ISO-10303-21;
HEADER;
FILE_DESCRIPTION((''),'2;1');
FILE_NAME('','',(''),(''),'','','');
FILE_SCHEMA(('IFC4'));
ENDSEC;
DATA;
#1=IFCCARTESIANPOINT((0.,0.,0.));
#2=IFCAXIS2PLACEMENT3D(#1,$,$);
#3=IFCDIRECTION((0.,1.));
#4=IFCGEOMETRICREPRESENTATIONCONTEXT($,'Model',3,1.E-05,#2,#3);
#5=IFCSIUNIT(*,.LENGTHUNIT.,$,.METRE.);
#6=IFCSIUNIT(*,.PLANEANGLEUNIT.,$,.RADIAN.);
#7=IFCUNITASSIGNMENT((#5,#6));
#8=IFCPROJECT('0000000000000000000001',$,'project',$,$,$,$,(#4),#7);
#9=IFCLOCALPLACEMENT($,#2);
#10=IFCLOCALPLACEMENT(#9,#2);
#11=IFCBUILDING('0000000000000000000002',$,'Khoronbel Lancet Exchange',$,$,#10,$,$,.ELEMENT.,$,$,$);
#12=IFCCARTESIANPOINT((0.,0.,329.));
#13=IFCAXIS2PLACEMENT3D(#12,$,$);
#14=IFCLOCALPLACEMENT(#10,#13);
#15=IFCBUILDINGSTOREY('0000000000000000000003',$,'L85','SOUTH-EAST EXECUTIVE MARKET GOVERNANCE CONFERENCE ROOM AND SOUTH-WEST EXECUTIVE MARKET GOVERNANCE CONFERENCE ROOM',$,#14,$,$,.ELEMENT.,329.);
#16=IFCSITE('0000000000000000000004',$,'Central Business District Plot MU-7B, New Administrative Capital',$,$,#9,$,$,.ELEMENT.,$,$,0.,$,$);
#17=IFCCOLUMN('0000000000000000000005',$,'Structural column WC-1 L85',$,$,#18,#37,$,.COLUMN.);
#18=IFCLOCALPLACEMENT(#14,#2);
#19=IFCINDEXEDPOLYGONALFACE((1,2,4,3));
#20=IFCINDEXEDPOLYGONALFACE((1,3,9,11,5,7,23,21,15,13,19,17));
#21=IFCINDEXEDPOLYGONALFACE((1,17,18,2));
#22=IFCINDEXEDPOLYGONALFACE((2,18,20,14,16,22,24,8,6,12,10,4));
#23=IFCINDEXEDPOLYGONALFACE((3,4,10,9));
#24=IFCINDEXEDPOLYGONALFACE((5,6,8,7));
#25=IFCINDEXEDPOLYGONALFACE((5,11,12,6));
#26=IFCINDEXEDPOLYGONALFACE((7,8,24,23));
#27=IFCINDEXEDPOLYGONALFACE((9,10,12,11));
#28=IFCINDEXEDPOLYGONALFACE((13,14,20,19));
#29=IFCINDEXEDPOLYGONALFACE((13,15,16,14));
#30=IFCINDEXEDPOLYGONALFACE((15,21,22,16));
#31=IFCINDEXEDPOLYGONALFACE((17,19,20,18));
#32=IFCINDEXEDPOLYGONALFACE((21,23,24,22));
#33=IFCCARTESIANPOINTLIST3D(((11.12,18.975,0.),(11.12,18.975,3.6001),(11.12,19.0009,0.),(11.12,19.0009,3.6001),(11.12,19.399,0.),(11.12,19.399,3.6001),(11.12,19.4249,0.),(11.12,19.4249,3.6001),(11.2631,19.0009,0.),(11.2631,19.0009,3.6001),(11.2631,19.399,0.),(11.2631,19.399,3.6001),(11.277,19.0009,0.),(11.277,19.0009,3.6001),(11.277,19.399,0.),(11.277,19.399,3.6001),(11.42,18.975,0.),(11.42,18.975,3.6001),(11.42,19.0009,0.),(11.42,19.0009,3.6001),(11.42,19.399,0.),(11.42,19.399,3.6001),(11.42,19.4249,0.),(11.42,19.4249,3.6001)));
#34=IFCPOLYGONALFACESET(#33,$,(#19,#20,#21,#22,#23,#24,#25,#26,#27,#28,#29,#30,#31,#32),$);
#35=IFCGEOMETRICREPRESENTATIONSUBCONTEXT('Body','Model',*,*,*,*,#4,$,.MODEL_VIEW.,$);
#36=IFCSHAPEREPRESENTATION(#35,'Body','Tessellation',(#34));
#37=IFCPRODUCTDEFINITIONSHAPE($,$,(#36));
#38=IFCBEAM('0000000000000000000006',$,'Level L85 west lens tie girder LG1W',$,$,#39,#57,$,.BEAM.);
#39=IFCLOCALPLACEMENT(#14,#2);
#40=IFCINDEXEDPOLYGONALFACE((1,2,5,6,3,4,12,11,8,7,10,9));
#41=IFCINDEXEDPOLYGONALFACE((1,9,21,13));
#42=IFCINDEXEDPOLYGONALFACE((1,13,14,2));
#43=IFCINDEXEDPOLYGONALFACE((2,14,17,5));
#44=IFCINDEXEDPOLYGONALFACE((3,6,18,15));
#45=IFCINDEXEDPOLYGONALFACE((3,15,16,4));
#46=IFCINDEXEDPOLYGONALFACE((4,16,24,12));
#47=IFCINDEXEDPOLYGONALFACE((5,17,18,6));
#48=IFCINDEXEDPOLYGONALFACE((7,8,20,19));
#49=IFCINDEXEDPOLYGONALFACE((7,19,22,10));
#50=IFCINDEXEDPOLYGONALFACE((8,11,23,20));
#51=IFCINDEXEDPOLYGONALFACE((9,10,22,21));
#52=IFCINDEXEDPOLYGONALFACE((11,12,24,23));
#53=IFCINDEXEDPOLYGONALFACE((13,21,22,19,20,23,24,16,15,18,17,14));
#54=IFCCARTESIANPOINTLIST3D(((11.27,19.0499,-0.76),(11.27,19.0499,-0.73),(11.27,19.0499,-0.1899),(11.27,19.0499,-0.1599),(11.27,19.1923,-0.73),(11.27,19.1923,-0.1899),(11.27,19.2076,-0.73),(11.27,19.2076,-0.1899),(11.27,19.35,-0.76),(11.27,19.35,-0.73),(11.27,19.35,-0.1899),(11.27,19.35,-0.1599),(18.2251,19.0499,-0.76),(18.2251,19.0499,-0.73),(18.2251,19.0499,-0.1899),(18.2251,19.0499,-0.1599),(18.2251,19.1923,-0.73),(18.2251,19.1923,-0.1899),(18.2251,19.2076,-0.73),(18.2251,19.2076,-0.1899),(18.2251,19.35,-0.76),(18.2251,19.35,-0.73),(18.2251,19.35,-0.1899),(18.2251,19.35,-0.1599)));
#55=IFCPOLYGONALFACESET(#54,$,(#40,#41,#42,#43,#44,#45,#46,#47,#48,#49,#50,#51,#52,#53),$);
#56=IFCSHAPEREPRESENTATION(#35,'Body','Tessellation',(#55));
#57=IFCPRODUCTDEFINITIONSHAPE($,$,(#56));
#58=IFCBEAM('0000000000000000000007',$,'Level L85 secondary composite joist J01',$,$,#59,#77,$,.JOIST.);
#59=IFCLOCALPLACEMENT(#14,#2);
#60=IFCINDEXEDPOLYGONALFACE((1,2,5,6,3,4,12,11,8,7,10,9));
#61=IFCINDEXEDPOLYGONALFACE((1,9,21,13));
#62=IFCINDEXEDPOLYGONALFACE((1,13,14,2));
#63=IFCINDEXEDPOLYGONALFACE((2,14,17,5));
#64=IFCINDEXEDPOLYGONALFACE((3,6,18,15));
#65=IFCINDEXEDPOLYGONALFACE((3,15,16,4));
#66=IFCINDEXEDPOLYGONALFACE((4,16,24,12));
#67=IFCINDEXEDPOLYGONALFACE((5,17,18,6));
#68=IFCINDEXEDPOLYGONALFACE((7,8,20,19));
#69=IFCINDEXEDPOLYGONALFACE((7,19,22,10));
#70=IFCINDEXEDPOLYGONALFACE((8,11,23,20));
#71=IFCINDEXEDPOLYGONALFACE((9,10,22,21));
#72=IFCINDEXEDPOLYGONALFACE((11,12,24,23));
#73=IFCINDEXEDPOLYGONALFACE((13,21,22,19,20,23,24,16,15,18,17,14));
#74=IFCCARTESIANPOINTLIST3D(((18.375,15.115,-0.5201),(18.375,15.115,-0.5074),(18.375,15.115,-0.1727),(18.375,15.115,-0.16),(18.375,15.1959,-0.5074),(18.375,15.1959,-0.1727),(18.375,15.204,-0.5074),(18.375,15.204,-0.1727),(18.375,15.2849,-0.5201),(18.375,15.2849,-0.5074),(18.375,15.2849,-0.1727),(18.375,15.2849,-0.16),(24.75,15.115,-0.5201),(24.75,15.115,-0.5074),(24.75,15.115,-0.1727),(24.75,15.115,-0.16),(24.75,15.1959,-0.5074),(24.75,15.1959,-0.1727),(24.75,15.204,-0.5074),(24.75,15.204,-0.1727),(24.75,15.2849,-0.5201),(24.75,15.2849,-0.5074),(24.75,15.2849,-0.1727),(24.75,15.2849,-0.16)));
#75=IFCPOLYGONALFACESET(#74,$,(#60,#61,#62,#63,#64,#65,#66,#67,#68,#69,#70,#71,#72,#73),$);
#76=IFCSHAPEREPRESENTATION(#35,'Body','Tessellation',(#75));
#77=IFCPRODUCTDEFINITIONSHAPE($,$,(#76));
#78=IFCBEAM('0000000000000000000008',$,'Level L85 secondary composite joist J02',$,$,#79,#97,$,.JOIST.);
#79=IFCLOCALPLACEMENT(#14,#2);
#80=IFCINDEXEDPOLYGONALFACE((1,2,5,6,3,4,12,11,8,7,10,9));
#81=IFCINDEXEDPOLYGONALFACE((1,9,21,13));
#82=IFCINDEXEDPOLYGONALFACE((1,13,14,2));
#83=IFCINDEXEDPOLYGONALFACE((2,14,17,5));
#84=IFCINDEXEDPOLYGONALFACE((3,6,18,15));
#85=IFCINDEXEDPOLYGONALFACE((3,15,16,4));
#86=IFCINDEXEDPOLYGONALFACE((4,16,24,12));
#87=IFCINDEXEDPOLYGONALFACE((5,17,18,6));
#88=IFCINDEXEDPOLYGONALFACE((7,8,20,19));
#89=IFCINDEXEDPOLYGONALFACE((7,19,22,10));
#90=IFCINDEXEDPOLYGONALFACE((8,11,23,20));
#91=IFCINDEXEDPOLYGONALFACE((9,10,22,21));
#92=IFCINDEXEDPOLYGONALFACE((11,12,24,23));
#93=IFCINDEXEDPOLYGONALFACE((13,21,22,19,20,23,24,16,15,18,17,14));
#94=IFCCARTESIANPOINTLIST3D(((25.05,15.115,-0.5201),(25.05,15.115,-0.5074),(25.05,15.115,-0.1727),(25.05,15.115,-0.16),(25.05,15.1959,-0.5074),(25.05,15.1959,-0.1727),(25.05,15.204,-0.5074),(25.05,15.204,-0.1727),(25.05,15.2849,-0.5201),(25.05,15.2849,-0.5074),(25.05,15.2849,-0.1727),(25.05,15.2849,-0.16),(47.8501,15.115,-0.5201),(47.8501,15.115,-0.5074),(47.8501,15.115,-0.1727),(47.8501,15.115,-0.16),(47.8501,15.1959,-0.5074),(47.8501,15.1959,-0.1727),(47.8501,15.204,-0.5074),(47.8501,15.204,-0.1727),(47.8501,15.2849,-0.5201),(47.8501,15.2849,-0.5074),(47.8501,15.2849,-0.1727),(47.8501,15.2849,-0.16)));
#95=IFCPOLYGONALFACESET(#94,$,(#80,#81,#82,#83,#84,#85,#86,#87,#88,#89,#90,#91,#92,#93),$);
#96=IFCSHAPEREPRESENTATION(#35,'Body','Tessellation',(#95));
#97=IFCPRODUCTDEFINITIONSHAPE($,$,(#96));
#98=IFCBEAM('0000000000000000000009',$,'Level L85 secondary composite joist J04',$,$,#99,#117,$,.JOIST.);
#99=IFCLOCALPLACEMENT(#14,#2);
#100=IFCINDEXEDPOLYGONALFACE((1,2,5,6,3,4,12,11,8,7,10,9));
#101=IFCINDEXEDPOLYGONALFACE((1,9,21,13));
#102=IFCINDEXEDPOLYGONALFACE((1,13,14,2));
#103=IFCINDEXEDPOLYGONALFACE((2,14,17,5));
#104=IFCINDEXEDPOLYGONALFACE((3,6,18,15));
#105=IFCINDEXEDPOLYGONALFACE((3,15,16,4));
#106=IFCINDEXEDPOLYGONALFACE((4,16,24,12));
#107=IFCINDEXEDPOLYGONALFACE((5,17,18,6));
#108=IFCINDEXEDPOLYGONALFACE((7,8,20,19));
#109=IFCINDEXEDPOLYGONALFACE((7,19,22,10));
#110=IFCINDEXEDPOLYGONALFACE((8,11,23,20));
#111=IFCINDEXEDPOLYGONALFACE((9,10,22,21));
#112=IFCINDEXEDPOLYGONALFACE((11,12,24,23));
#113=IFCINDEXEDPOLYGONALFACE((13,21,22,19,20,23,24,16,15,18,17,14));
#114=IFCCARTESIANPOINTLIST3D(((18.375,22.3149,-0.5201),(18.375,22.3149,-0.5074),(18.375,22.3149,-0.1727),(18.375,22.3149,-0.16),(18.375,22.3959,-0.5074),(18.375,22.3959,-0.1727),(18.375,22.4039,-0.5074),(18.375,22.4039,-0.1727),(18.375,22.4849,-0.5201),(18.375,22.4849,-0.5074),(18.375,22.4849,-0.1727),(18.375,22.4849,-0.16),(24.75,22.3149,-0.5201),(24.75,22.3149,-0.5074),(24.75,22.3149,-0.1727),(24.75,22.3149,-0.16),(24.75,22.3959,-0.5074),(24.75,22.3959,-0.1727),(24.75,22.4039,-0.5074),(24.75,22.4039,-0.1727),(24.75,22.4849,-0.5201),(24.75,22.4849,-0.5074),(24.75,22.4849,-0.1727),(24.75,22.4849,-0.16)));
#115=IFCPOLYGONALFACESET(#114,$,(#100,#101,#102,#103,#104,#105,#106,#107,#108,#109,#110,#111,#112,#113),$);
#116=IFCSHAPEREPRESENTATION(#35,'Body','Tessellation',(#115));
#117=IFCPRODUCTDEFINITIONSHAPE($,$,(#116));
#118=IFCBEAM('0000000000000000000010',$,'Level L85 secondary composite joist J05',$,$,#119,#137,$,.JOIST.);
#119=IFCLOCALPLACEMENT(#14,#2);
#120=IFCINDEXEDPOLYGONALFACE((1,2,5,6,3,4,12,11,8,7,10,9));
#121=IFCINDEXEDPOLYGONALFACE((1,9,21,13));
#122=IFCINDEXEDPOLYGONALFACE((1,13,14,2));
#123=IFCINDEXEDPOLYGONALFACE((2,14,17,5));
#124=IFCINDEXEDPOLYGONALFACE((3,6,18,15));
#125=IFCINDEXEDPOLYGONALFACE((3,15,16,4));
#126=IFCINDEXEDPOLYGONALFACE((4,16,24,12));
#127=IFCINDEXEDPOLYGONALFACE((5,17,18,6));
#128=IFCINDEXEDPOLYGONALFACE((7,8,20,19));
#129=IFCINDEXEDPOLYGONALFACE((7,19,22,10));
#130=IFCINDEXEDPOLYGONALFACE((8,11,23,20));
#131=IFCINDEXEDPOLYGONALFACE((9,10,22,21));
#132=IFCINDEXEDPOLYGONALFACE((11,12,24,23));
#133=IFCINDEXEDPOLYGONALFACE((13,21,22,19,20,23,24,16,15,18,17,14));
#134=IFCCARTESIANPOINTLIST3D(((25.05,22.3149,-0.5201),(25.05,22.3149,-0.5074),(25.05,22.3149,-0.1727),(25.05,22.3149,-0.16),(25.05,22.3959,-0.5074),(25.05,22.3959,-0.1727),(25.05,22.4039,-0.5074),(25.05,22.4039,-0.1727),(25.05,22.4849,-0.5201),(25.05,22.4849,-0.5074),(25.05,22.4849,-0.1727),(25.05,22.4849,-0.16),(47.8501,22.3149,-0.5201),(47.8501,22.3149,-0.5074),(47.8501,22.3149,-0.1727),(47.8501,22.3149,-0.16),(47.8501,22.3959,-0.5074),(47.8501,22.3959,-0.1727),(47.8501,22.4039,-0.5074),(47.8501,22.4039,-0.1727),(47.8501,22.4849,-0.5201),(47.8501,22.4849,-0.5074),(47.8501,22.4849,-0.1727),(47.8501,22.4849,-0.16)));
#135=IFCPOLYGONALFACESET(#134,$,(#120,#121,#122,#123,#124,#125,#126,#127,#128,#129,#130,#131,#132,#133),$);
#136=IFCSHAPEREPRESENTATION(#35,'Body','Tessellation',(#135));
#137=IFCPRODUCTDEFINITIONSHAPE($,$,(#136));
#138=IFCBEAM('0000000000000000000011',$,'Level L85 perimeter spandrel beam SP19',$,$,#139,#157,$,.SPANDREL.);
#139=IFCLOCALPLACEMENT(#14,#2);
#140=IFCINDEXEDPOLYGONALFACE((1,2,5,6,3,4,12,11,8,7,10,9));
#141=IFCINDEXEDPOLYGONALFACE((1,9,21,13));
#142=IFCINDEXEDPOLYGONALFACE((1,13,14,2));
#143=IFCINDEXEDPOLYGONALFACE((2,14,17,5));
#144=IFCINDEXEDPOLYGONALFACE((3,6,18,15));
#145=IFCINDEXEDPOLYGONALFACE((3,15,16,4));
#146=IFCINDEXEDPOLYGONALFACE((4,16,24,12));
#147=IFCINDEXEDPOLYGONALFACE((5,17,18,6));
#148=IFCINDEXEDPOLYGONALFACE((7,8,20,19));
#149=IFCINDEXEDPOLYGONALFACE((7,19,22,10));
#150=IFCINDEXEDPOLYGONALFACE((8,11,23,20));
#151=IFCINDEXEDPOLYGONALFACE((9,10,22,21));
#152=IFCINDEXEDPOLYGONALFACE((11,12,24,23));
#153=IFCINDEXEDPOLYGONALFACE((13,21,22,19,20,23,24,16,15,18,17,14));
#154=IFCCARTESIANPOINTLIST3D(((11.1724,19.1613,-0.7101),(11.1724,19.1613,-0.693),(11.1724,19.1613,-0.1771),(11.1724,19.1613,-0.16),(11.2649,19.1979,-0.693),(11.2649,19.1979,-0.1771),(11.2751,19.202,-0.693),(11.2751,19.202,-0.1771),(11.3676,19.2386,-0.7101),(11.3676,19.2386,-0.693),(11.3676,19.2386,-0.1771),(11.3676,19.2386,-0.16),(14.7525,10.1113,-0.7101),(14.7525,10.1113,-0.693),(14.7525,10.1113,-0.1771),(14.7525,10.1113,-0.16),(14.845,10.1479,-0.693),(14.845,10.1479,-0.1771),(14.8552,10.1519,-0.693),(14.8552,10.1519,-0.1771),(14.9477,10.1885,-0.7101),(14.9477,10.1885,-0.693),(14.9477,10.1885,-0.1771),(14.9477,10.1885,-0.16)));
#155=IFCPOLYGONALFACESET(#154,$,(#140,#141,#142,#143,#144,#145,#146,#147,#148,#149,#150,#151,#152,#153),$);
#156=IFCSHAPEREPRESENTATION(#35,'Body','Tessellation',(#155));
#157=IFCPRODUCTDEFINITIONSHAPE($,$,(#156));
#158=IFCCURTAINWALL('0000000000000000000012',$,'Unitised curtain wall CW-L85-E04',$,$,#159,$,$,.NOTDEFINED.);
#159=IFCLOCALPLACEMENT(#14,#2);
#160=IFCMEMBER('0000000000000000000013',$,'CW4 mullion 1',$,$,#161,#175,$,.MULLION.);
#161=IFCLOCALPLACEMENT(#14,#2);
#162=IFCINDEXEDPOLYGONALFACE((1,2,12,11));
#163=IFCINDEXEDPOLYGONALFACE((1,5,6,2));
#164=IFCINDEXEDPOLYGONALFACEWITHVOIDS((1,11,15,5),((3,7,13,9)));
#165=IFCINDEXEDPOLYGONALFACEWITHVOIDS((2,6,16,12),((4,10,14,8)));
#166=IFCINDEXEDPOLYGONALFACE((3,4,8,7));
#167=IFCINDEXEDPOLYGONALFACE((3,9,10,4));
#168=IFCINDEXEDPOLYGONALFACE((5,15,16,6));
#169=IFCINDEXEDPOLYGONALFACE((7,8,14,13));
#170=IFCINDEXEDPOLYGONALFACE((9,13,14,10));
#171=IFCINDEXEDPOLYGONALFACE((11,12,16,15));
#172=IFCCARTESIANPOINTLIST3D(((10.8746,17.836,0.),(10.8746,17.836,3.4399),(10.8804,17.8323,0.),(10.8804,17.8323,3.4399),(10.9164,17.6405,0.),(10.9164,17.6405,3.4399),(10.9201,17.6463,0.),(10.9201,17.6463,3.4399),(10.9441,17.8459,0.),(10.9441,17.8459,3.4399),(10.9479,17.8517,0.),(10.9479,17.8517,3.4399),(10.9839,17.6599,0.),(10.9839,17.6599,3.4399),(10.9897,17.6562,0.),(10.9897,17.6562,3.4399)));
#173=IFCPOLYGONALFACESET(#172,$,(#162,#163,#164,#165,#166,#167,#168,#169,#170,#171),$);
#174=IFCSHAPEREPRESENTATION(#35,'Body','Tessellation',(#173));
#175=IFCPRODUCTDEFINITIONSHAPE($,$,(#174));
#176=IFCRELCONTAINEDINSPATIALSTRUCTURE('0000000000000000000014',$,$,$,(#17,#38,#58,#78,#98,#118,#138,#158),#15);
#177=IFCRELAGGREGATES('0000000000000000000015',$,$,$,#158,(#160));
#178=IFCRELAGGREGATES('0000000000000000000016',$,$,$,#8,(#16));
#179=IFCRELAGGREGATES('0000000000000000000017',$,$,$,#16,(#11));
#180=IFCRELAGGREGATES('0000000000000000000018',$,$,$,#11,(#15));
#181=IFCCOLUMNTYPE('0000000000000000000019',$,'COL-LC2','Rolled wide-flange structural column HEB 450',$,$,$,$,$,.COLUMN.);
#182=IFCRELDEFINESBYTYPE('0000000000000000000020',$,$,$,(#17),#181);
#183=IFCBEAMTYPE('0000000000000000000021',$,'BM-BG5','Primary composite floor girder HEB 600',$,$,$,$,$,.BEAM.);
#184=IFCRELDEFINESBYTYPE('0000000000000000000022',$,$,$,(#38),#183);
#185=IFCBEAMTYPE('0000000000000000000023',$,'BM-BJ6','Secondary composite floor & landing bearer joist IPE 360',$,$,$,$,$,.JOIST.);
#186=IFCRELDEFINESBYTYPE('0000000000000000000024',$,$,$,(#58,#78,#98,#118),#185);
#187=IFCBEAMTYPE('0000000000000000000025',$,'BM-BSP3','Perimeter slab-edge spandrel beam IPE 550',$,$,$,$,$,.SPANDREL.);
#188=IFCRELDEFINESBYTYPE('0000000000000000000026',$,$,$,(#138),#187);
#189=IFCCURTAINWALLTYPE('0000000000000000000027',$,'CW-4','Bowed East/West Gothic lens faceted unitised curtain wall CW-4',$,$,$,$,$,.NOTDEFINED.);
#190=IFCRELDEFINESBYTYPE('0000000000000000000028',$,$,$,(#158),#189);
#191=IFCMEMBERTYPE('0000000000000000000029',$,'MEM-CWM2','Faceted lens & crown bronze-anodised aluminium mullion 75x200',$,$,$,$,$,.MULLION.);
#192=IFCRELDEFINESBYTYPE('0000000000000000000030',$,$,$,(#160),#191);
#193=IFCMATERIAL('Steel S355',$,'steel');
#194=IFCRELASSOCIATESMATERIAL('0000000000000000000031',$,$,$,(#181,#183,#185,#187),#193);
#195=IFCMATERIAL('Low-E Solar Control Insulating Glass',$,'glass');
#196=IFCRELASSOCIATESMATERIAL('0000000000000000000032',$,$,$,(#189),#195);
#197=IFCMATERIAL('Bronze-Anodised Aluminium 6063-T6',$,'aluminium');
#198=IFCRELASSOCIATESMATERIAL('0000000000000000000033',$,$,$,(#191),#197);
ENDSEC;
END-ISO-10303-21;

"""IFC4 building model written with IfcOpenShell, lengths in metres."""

from ifc_helpers import new_model, si_unit, direction, frame, origin, origin_2d, place, context, subcontext, project, spatial, hollow_rectangle, i_section, extrude, material, material_profile, profile_set, type_object, element, aggregate, save


model = new_model("IFC4")

# Units and contexts
model_context = context("Model", 3, precision=1e-05, world=origin(), true_north=direction((0.0, 1.0)))
body_context = subcontext(model_context, "Body", "Model", "MODEL_VIEW")
ifc_project = project(units=[si_unit("LENGTHUNIT", "METRE"), si_unit("PLANEANGLEUNIT", "RADIAN")], contexts=[model_context])

# Site, building, storey
site_placement = place(None, origin())
site = spatial("IfcSite", under=ifc_project, at=site_placement, Name="Central Business District Plot MU-7B, New Administrative Capital", CompositionType="ELEMENT", RefElevation=0.0)
building_placement = place(site_placement, origin())
building = spatial("IfcBuilding", under=site, at=building_placement, Name="Khoronbel Lancet Exchange", CompositionType="ELEMENT")
storey_placement = place(building_placement, frame((0.0, 0.0, 329.0)))
storey = spatial("IfcBuildingStorey", under=building, at=storey_placement, Name="L85", Description="SOUTH-EAST EXECUTIVE MARKET GOVERNANCE CONFERENCE ROOM AND SOUTH-WEST EXECUTIVE MARKET GOVERNANCE CONFERENCE ROOM", CompositionType="ELEMENT", Elevation=329.0)

# Column
ifc_material_1 = material(Name="Steel S355", Category="steel")
ifc_material_profile_1 = material_profile(ifc_material_1, i_section(OverallWidth=0.3, OverallDepth=0.45, WebThickness=0.0139, FlangeThickness=0.0259, at=origin_2d()), Name="HEB 450")
ifc_profile_set_1 = profile_set([ifc_material_profile_1], Name="Steel S355")
column_type = type_object("IfcColumnType", Name="COL-LC2", Description="Rolled wide-flange structural column HEB 450", PredefinedType="COLUMN", material=ifc_profile_set_1)
column_placement = place(storey_placement, frame((11.27, 19.2, 0.0), z_axis=(0.0, 0.0, 1.0), x_axis=(1.0, 0.0, 0.0)))
element("IfcColumn", 1, at=column_placement, inside=storey, type_object=column_type, Name="Structural column WC-1 L85", PredefinedType="COLUMN", context=body_context, shape_type="SweptSolid", body=[
    extrude(i_section(OverallWidth=0.3, OverallDepth=0.45, WebThickness=0.0139, FlangeThickness=0.0259, at=origin_2d()), origin(), (0.0, 0.0, 1.0), 3.6001),
])

# Beams
ifc_material_profile_2 = material_profile(ifc_material_1, i_section(OverallWidth=0.3, OverallDepth=0.6001, WebThickness=0.0154, FlangeThickness=0.03, at=origin_2d()), Name="HEB 600")
ifc_profile_set_2 = profile_set([ifc_material_profile_2], Name="Steel S355")
beam_type_1 = type_object("IfcBeamType", Name="BM-BG5", Description="Primary composite floor girder HEB 600", PredefinedType="BEAM", material=ifc_profile_set_2)
beam_1_placement = place(storey_placement, frame((11.27, 19.2, -0.46), z_axis=(1.0, 0.0, 0.0), x_axis=(0.0, 1.0, 0.0)))
element("IfcBeam", 2, at=beam_1_placement, inside=storey, type_object=beam_type_1, Name="Level L85 west lens tie girder LG1W", PredefinedType="BEAM", context=body_context, shape_type="SweptSolid", body=[
    extrude(i_section(OverallWidth=0.3, OverallDepth=0.6001, WebThickness=0.0154, FlangeThickness=0.03, at=origin_2d()), origin(), (0.0, 0.0, 1.0), 6.9551),
])
ifc_material_profile_3 = material_profile(ifc_material_1, i_section(OverallWidth=0.1699, OverallDepth=0.3601, WebThickness=0.0081, FlangeThickness=0.0127, at=origin_2d()), Name="IPE 360")
ifc_profile_set_3 = profile_set([ifc_material_profile_3], Name="Steel S355")
beam_type_2 = type_object("IfcBeamType", Name="BM-BJ6", Description="Secondary composite floor & landing bearer joist IPE 360", PredefinedType="JOIST", material=ifc_profile_set_3)
beam_2_placement = place(storey_placement, frame((18.375, 15.2, -0.3401), z_axis=(1.0, 0.0, 0.0), x_axis=(0.0, 1.0, 0.0)))
element("IfcBeam", 3, at=beam_2_placement, inside=storey, type_object=beam_type_2, Name="Level L85 secondary composite joist J01", PredefinedType="JOIST", context=body_context, shape_type="SweptSolid", body=[
    extrude(i_section(OverallWidth=0.1699, OverallDepth=0.3601, WebThickness=0.0081, FlangeThickness=0.0127, at=origin_2d()), origin(), (0.0, 0.0, 1.0), 6.375),
])
beam_3_placement = place(storey_placement, frame((25.05, 15.2, -0.3401), z_axis=(1.0, 0.0, 0.0), x_axis=(0.0, 1.0, 0.0)))
element("IfcBeam", 4, at=beam_3_placement, inside=storey, type_object=beam_type_2, Name="Level L85 secondary composite joist J02", PredefinedType="JOIST", context=body_context, shape_type="SweptSolid", body=[
    extrude(i_section(OverallWidth=0.1699, OverallDepth=0.3601, WebThickness=0.0081, FlangeThickness=0.0127, at=origin_2d()), origin(), (0.0, 0.0, 1.0), 22.8),
])
beam_4_placement = place(storey_placement, frame((18.375, 22.3999, -0.3401), z_axis=(1.0, 0.0, 0.0), x_axis=(0.0, 1.0, 0.0)))
element("IfcBeam", 5, at=beam_4_placement, inside=storey, type_object=beam_type_2, Name="Level L85 secondary composite joist J04", PredefinedType="JOIST", context=body_context, shape_type="SweptSolid", body=[
    extrude(i_section(OverallWidth=0.1699, OverallDepth=0.3601, WebThickness=0.0081, FlangeThickness=0.0127, at=origin_2d()), origin(), (0.0, 0.0, 1.0), 6.375),
])
beam_5_placement = place(storey_placement, frame((25.05, 22.3999, -0.3401), z_axis=(1.0, 0.0, 0.0), x_axis=(0.0, 1.0, 0.0)))
element("IfcBeam", 6, at=beam_5_placement, inside=storey, type_object=beam_type_2, Name="Level L85 secondary composite joist J05", PredefinedType="JOIST", context=body_context, shape_type="SweptSolid", body=[
    extrude(i_section(OverallWidth=0.1699, OverallDepth=0.3601, WebThickness=0.0081, FlangeThickness=0.0127, at=origin_2d()), origin(), (0.0, 0.0, 1.0), 22.8),
])
ifc_material_profile_4 = material_profile(ifc_material_1, i_section(OverallWidth=0.21, OverallDepth=0.55, WebThickness=0.011, FlangeThickness=0.0171, at=origin_2d()), Name="IPE 550")
ifc_profile_set_4 = profile_set([ifc_material_profile_4], Name="Steel S355")
beam_type_3 = type_object("IfcBeamType", Name="BM-BSP3", Description="Perimeter slab-edge spandrel beam IPE 550", PredefinedType="SPANDREL", material=ifc_profile_set_4)
beam_6_placement = place(storey_placement, frame((11.27, 19.2, -0.4351), z_axis=(0.36785, -0.929885, 0.0), x_axis=(0.929885, 0.36785, 0.0)))
element("IfcBeam", 7, at=beam_6_placement, inside=storey, type_object=beam_type_3, Name="Level L85 perimeter spandrel beam SP19", PredefinedType="SPANDREL", context=body_context, shape_type="SweptSolid", body=[
    extrude(i_section(OverallWidth=0.21, OverallDepth=0.55, WebThickness=0.011, FlangeThickness=0.0171, at=origin_2d()), origin(), (0.0, 0.0, 1.0), 9.7324),
])

# Curtain wall, member
ifc_material_2 = material(Name="Low-E Solar Control Insulating Glass", Category="glass")
curtain_wall_type = type_object("IfcCurtainWallType", Name="CW-4", Description="Bowed East/West Gothic lens faceted unitised curtain wall CW-4", PredefinedType="NOTDEFINED", material=ifc_material_2)
curtain_wall_1_placement = place(storey_placement, origin())
curtain_wall_1 = element("IfcCurtainWall", 8, at=curtain_wall_1_placement, inside=storey, type_object=curtain_wall_type, Name="Unitised curtain wall CW-L85-E04", PredefinedType="NOTDEFINED")
ifc_material_3 = material(Name="Bronze-Anodised Aluminium 6063-T6", Category="aluminium")
ifc_material_profile_5 = material_profile(ifc_material_3, hollow_rectangle(XDim=0.075, YDim=0.2, WallThickness=0.0049, at=origin_2d()), Name="ALU MULLION 75x200")
ifc_profile_set_5 = profile_set([ifc_material_profile_5], Name="Bronze-Anodised Aluminium 6063-T6")
member_type_1 = type_object("IfcMemberType", Name="MEM-CWM2", Description="Faceted lens & crown bronze-anodised aluminium mullion 75x200", PredefinedType="MULLION", material=ifc_profile_set_5)
member_1_placement = place(storey_placement, frame((10.9321, 17.7461, 0.0), z_axis=(0.0, 0.0, 1.0), x_axis=(-0.977892, -0.209112, 0.0)))
member_1 = element("IfcMember", 9, at=member_1_placement, type_object=member_type_1, Name="CW4 mullion 1", PredefinedType="MULLION", context=body_context, shape_type="SweptSolid", body=[
    extrude(hollow_rectangle(XDim=0.075, YDim=0.2, WallThickness=0.0049, at=origin_2d()), origin(), (0.0, 0.0, 1.0), 3.4399),
])

aggregate(curtain_wall_1, [member_1])

save(model, "model.ifc")
